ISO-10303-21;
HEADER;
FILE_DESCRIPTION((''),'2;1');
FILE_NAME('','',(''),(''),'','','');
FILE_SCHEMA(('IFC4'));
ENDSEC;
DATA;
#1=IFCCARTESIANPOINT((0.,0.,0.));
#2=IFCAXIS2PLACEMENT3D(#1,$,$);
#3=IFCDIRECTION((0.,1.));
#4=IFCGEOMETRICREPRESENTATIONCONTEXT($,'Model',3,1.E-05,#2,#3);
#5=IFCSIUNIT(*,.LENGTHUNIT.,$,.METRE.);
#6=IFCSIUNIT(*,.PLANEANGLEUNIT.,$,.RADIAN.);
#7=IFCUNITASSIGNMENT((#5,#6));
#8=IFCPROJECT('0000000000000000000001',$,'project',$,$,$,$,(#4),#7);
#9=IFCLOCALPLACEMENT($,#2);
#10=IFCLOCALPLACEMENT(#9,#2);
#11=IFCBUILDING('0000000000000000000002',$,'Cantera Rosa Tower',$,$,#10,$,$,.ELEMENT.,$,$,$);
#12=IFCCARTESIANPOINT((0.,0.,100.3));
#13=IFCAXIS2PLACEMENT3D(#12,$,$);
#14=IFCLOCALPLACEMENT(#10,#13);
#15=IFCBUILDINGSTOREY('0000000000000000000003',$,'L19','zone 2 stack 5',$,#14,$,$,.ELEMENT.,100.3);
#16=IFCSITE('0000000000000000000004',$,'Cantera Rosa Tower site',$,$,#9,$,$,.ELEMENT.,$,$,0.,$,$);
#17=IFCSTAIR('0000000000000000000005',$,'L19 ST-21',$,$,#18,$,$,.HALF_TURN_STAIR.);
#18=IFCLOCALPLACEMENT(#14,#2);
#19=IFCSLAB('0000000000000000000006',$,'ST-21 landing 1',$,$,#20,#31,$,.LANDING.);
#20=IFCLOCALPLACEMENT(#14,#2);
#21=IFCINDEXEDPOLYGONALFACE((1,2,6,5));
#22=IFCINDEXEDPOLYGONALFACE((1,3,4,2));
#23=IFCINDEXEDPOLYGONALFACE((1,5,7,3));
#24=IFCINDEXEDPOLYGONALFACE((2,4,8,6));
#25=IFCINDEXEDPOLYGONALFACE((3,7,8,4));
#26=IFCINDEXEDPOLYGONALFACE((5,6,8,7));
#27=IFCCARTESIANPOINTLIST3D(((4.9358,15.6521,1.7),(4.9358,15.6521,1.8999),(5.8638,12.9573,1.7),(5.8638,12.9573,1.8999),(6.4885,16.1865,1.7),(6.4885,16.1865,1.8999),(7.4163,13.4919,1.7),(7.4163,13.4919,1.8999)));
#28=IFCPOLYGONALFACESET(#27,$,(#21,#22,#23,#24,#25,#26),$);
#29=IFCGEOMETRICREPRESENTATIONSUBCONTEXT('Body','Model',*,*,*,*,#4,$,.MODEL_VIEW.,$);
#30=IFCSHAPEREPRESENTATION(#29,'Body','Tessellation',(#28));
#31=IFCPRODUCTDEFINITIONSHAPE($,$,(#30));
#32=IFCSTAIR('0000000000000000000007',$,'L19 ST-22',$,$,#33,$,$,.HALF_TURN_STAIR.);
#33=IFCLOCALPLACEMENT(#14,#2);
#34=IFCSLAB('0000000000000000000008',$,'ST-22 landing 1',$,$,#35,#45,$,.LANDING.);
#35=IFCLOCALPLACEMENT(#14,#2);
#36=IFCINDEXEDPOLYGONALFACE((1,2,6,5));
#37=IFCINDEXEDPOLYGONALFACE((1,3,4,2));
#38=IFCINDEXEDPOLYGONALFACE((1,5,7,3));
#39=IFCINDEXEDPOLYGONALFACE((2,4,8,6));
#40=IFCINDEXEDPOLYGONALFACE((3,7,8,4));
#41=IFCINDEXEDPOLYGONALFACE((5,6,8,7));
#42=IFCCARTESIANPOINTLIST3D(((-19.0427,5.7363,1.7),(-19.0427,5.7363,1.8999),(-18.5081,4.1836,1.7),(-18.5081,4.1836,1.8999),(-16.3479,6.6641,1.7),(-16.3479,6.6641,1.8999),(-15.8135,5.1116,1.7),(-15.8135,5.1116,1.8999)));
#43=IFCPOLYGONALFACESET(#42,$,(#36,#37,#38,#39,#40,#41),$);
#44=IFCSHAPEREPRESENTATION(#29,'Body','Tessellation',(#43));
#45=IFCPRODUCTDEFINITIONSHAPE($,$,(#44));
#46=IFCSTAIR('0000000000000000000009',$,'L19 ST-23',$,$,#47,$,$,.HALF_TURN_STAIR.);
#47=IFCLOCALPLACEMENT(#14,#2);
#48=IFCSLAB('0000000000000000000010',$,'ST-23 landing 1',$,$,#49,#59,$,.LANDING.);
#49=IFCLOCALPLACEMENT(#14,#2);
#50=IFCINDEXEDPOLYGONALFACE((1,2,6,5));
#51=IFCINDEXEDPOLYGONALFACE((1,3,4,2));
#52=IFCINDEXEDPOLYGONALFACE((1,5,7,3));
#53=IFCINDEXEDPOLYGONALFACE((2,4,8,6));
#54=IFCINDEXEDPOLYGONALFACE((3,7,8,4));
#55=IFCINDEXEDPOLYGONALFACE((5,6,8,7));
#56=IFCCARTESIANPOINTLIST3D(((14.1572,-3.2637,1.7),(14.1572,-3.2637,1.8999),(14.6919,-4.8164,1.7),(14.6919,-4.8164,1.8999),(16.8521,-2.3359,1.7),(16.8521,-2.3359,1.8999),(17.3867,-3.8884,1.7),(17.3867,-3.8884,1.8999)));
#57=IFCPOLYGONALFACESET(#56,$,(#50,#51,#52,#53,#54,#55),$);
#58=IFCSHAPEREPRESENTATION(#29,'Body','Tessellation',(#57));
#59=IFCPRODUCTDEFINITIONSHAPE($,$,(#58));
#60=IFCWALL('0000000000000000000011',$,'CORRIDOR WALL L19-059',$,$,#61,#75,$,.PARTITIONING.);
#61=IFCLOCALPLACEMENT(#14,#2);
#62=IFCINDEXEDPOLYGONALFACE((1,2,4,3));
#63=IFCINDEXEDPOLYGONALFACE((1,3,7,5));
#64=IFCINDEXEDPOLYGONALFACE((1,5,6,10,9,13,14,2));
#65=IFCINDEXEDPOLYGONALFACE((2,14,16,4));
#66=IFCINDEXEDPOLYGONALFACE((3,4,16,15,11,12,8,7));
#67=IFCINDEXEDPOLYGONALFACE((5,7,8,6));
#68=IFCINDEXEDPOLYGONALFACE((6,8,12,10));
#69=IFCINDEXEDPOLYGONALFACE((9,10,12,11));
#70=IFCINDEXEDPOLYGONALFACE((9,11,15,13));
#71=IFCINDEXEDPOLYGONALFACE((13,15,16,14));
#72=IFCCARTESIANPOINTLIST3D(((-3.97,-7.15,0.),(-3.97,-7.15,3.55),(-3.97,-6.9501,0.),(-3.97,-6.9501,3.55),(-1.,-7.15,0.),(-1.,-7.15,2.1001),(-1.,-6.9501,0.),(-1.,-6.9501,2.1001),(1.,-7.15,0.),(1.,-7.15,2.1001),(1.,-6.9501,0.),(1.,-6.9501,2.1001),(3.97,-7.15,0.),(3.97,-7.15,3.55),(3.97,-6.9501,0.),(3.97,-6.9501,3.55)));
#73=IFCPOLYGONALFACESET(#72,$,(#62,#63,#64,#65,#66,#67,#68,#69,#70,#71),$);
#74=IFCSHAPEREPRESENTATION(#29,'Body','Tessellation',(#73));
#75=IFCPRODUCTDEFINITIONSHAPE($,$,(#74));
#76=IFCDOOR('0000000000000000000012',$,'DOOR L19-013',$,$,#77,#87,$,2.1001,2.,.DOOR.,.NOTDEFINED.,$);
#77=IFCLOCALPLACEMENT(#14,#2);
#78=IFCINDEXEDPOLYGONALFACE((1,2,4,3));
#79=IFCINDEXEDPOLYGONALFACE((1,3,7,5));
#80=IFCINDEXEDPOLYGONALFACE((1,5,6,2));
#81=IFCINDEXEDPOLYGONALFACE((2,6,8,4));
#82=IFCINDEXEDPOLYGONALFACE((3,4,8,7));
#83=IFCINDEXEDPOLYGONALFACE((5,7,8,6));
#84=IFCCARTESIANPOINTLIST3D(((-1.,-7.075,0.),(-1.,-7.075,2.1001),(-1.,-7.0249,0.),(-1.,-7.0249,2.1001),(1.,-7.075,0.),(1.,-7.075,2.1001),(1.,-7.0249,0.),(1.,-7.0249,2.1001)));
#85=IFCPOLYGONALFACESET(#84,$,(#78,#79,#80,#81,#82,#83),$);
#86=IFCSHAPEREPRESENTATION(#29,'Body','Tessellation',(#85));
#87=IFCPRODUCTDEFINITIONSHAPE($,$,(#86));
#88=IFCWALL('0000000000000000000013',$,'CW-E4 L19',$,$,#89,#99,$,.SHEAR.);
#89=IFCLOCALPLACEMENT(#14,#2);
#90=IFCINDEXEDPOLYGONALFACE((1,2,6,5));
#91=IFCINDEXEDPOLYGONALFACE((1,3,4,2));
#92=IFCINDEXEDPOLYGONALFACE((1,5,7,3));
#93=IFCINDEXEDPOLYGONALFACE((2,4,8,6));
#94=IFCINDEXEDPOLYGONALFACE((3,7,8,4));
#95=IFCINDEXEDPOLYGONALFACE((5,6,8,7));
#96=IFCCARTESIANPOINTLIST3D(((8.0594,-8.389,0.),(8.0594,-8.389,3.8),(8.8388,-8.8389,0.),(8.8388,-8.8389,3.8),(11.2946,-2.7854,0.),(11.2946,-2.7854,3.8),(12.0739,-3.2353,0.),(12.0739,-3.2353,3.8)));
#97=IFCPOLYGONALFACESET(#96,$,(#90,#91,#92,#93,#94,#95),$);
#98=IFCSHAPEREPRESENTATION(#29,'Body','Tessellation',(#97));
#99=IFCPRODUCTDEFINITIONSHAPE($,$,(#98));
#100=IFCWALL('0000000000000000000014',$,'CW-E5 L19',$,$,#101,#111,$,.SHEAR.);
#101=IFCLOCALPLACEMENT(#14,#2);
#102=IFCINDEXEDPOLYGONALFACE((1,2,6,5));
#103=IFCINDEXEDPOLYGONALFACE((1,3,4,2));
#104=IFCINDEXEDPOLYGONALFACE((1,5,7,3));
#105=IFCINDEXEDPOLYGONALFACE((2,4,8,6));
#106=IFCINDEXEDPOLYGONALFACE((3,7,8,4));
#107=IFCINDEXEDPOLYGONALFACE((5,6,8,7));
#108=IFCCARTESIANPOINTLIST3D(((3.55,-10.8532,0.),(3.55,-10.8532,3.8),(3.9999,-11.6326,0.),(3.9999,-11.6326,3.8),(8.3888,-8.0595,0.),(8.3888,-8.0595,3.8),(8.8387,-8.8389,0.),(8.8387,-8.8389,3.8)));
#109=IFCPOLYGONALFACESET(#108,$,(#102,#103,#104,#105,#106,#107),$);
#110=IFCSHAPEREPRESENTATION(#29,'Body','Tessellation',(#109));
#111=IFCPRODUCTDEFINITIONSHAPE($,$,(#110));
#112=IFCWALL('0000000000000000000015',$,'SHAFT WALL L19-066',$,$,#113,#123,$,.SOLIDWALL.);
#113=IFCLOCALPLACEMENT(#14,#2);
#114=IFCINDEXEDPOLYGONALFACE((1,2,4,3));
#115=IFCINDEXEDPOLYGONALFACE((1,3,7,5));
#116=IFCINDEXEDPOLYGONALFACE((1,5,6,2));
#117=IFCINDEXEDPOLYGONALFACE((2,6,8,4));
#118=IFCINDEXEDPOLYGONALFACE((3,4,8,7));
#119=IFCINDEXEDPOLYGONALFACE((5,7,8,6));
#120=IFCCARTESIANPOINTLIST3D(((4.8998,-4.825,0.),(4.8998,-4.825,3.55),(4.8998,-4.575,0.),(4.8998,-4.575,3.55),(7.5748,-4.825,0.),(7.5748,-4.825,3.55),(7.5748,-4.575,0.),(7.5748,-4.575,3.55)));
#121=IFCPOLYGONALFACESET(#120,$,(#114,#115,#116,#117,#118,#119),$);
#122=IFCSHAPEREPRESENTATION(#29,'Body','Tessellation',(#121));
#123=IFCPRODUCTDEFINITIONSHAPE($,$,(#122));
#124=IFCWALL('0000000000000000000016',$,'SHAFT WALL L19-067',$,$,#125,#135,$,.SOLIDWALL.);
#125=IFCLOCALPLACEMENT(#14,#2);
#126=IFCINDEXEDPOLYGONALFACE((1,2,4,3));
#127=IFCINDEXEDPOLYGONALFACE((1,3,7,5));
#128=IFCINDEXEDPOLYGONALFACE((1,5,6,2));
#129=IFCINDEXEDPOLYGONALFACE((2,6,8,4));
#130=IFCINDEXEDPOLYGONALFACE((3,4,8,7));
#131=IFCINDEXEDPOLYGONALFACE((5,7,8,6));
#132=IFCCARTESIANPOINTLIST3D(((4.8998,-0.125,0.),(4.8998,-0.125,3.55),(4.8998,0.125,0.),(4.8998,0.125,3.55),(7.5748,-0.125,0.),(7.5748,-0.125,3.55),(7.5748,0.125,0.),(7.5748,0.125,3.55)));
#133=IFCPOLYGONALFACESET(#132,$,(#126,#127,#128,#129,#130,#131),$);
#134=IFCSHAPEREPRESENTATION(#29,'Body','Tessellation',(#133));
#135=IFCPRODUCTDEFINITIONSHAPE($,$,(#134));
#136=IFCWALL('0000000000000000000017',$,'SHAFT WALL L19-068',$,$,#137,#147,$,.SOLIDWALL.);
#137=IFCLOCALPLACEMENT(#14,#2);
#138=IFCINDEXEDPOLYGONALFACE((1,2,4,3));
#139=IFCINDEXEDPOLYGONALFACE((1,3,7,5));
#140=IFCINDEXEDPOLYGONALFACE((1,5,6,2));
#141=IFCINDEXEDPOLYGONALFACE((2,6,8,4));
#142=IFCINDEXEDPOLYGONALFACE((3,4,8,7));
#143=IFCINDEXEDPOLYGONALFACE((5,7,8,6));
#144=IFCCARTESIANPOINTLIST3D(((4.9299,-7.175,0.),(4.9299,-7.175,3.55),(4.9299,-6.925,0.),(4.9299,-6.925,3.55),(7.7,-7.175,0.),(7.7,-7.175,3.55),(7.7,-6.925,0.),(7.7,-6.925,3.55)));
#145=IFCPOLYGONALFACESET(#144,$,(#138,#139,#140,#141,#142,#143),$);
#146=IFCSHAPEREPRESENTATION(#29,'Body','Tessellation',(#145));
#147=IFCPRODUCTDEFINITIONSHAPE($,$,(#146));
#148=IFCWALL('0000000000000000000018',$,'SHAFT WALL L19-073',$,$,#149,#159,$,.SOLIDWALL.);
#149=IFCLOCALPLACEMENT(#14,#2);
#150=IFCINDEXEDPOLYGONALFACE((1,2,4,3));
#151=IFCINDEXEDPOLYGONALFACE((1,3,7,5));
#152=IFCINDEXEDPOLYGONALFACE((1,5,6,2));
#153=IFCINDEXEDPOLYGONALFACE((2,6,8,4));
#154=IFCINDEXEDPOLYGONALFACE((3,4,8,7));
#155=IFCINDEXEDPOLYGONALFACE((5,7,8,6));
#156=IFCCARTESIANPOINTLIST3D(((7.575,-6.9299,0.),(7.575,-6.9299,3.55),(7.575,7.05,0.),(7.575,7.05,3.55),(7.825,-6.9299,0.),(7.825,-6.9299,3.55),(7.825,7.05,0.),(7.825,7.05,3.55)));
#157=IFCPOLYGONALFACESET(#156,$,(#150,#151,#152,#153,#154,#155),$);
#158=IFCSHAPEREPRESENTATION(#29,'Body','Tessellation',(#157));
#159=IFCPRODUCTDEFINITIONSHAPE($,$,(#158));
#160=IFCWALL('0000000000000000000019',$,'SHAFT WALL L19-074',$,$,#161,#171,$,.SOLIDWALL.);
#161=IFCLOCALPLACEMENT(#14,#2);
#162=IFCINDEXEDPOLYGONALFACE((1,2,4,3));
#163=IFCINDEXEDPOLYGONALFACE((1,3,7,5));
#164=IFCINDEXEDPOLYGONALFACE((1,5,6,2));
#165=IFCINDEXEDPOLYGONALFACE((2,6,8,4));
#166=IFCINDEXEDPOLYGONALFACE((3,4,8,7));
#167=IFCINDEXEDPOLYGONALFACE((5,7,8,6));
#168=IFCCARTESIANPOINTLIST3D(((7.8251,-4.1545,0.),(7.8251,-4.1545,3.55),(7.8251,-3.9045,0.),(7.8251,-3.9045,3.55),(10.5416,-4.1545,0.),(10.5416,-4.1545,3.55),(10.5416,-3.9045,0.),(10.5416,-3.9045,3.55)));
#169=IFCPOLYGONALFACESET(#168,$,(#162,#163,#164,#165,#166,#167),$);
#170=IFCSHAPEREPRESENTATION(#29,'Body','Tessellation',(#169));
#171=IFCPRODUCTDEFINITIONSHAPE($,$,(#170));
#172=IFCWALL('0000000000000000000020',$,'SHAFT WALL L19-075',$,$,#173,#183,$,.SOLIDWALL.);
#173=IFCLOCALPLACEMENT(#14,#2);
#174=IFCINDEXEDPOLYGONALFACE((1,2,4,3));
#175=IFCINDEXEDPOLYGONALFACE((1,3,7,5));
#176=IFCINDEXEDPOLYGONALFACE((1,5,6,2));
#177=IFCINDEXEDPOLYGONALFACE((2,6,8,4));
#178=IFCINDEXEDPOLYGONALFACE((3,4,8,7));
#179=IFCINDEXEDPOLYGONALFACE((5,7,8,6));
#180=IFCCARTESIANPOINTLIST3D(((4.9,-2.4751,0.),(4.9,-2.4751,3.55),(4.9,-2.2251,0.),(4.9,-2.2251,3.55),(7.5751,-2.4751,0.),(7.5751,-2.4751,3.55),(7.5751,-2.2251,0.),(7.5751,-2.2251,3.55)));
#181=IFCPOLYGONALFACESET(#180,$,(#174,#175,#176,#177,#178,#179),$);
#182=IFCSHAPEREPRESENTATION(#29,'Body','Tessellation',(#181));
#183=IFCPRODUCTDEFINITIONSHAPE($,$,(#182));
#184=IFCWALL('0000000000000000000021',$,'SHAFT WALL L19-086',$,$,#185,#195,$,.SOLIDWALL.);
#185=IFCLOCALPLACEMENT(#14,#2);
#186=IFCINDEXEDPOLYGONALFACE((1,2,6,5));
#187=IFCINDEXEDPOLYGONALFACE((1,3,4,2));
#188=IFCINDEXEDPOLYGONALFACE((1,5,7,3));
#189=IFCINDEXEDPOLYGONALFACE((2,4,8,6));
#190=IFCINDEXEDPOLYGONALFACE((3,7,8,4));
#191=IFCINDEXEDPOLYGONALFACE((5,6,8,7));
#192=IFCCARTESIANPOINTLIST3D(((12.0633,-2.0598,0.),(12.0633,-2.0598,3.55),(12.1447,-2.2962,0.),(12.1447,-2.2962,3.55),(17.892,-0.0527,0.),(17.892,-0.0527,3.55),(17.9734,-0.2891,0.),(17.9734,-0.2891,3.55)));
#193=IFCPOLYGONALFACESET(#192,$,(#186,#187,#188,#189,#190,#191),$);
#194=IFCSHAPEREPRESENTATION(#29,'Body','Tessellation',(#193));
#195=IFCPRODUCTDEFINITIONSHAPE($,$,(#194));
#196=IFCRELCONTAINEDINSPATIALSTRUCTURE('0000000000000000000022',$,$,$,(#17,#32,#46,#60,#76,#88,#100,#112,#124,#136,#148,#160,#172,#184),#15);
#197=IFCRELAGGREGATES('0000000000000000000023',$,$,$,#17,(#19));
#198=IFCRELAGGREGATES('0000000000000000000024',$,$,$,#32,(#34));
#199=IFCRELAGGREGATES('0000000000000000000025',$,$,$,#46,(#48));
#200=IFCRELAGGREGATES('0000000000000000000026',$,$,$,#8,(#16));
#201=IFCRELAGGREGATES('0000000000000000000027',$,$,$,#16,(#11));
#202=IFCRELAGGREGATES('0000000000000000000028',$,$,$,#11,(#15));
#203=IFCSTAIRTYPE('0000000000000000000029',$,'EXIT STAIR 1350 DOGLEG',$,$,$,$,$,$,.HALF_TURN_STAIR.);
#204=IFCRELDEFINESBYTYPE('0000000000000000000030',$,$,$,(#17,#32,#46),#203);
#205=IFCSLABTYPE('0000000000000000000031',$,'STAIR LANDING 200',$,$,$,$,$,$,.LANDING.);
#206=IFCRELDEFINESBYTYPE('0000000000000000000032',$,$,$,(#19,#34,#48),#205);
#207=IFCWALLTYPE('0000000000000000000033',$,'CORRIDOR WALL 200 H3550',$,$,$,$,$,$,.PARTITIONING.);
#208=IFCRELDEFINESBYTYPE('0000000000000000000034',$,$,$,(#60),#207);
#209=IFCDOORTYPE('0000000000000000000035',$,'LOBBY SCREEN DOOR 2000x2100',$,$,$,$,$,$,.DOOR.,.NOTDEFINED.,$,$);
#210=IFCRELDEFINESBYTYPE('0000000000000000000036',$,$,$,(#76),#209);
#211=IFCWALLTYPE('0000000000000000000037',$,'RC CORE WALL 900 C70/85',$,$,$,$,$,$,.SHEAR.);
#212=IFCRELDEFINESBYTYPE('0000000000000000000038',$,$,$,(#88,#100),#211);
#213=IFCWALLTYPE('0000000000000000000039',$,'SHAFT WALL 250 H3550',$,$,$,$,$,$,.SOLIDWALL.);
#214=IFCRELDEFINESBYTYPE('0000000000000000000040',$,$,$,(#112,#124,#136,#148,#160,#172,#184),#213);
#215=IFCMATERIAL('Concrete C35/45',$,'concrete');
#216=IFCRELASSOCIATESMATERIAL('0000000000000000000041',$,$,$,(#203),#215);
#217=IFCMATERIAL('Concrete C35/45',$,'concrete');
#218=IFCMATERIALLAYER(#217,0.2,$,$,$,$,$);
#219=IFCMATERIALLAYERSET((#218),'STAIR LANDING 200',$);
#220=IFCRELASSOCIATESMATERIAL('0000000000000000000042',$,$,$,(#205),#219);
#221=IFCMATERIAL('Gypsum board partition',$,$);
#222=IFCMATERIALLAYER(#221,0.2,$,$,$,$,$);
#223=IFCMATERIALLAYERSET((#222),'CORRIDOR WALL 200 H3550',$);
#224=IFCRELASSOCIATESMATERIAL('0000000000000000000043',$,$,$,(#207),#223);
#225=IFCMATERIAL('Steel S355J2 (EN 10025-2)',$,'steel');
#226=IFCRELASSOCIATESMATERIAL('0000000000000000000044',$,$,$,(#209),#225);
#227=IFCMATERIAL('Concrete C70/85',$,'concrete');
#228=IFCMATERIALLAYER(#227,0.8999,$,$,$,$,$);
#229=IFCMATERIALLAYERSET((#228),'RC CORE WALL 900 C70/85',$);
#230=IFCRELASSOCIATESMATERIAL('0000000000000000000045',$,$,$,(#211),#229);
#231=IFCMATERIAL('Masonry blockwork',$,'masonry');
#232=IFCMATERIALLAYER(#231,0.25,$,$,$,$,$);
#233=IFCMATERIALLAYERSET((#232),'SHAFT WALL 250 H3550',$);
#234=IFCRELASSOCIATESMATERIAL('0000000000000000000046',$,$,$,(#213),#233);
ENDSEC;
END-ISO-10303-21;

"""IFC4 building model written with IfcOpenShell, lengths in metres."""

from ifc_helpers import new_model, si_unit, direction, frame, frame_2d, origin, place, context, subcontext, project, spatial, polyline, rectangle, outline, extrude, material, layer, layer_set, type_object, element, fill, aggregate, save


model = new_model("IFC4")

# Units and contexts
model_context = context("Model", 3, precision=1e-05, world=origin(), true_north=direction((0.0, 1.0)))
body_context = subcontext(model_context, "Body", "Model", "MODEL_VIEW")
ifc_project = project(units=[si_unit("LENGTHUNIT", "METRE"), si_unit("PLANEANGLEUNIT", "RADIAN")], contexts=[model_context])

# Site, building, storey
site_placement = place(None, origin())
site = spatial("IfcSite", under=ifc_project, at=site_placement, Name="Cantera Rosa Tower site", CompositionType="ELEMENT", RefElevation=0.0)
building_placement = place(site_placement, origin())
building = spatial("IfcBuilding", under=site, at=building_placement, Name="Cantera Rosa Tower", CompositionType="ELEMENT")
storey_placement = place(building_placement, frame((0.0, 0.0, 100.3)))
storey = spatial("IfcBuildingStorey", under=building, at=storey_placement, Name="L19", Description="zone 2 stack 5", CompositionType="ELEMENT", Elevation=100.3)

# Stairs, slabs
ifc_material_1 = material(Name="Concrete C35/45", Category="concrete")
stair_type = type_object("IfcStairType", Name="EXIT STAIR 1350 DOGLEG", PredefinedType="HALF_TURN_STAIR", material=ifc_material_1)
stair_1_placement = place(storey_placement, origin())
stair_1 = element("IfcStair", 1, at=stair_1_placement, inside=storey, type_object=stair_type, Name="L19 ST-21", PredefinedType="HALF_TURN_STAIR")
ifc_material_2 = material(Name="Concrete C35/45", Category="concrete")
ifc_layer_1 = layer(ifc_material_2, 0.2)
ifc_layer_set_1 = layer_set([ifc_layer_1], Name="STAIR LANDING 200")
slab_type = type_object("IfcSlabType", Name="STAIR LANDING 200", PredefinedType="LANDING", material=ifc_layer_set_1)
slab_1_placement = place(storey_placement, frame((0.0, 0.0, 1.7)))
slab_1 = element("IfcSlab", 2, at=slab_1_placement, type_object=slab_type, Name="ST-21 landing 1", PredefinedType="LANDING", context=body_context, shape_type="SweptSolid", body=[
    extrude(outline(polyline([(6.4885, 16.1865), (4.9358, 15.6521), (5.8638, 12.9573), (7.4163, 13.4919), (6.4885, 16.1865)])), origin(), (0.0, 0.0, 1.0), 0.2),
])
aggregate(stair_1, [slab_1])
stair_2_placement = place(storey_placement, origin())
stair_2 = element("IfcStair", 3, at=stair_2_placement, inside=storey, type_object=stair_type, Name="L19 ST-22", PredefinedType="HALF_TURN_STAIR")
slab_2_placement = place(storey_placement, frame((0.0, 0.0, 1.7)))
slab_2 = element("IfcSlab", 4, at=slab_2_placement, type_object=slab_type, Name="ST-22 landing 1", PredefinedType="LANDING", context=body_context, shape_type="SweptSolid", body=[
    extrude(outline(polyline([(-15.8135, 5.1116), (-16.3479, 6.6641), (-19.0427, 5.7363), (-18.5081, 4.1836), (-15.8135, 5.1116)])), origin(), (0.0, 0.0, 1.0), 0.2),
])
aggregate(stair_2, [slab_2])
stair_3_placement = place(storey_placement, origin())
stair_3 = element("IfcStair", 5, at=stair_3_placement, inside=storey, type_object=stair_type, Name="L19 ST-23", PredefinedType="HALF_TURN_STAIR")
slab_3_placement = place(storey_placement, frame((0.0, 0.0, 1.7)))
slab_3 = element("IfcSlab", 6, at=slab_3_placement, type_object=slab_type, Name="ST-23 landing 1", PredefinedType="LANDING", context=body_context, shape_type="SweptSolid", body=[
    extrude(outline(polyline([(17.3867, -3.8884), (16.8521, -2.3359), (14.1572, -3.2637), (14.6919, -4.8164), (17.3867, -3.8884)])), origin(), (0.0, 0.0, 1.0), 0.2),
])
aggregate(stair_3, [slab_3])

# Wall, opening, door
ifc_material_3 = material(Name="Gypsum board partition")
ifc_layer_2 = layer(ifc_material_3, 0.2)
ifc_layer_set_2 = layer_set([ifc_layer_2], Name="CORRIDOR WALL 200 H3550")
wall_type_1 = type_object("IfcWallType", Name="CORRIDOR WALL 200 H3550", PredefinedType="PARTITIONING", material=ifc_layer_set_2)
wall_1_placement = place(storey_placement, frame((3.97, -7.05, 0.0), z_axis=(0.0, 0.0, 1.0), x_axis=(-1.0, 0.0, 0.0)))
wall_1 = element("IfcWall", 7, at=wall_1_placement, inside=storey, type_object=wall_type_1, Name="CORRIDOR WALL L19-059", PredefinedType="PARTITIONING", context=body_context, shape_type="SweptSolid", body=[
    extrude(rectangle(XDim=7.9399, YDim=0.2, at=frame_2d((3.97, 0.0))), origin(), (0.0, 0.0, 1.0), 3.55),
])
opening_1_placement = place(wall_1_placement, frame((2.97, 0.0, 0.0)))
opening_1 = element("IfcOpeningElement", 8, at=opening_1_placement, cuts=wall_1, PredefinedType="OPENING", context=body_context, shape_type="SweptSolid", body=[
    extrude(rectangle(XDim=2.0, YDim=2.1001, at=frame_2d((1.0, 1.05))), frame((0.0, 0.1099, 0.0), z_axis=(0.0, -1.0, 0.0), x_axis=(1.0, 0.0, 0.0)), (0.0, 0.0, 1.0), 0.22),
])
ifc_material_4 = material(Name="Steel S355J2 (EN 10025-2)", Category="steel")
door_type_1 = type_object("IfcDoorType", Name="LOBBY SCREEN DOOR 2000x2100", OperationType="NOTDEFINED", PredefinedType="DOOR", material=ifc_material_4)
door_1_placement = place(opening_1_placement, origin())
door_1 = element("IfcDoor", 9, at=door_1_placement, inside=storey, type_object=door_type_1, Name="DOOR L19-013", OperationType="NOTDEFINED", OverallHeight=2.1001, OverallWidth=2.0, PredefinedType="DOOR", context=body_context, shape_type="SweptSolid", body=[
    extrude(rectangle(XDim=2.0, YDim=2.1001, at=frame_2d((1.0, 1.05))), frame((0.0, 0.0249, 0.0), z_axis=(0.0, -1.0, 0.0), x_axis=(1.0, 0.0, 0.0)), (0.0, 0.0, 1.0), 0.05),
])
fill(opening_1, door_1)

# Walls
ifc_material_5 = material(Name="Concrete C70/85", Category="concrete")
ifc_layer_3 = layer(ifc_material_5, 0.8999)
ifc_layer_set_3 = layer_set([ifc_layer_3], Name="RC CORE WALL 900 C70/85")
wall_type_2 = type_object("IfcWallType", Name="RC CORE WALL 900 C70/85", PredefinedType="SHEAR", material=ifc_layer_set_3)
wall_2_placement = place(storey_placement, frame((11.6843, -3.0103, 0.0), z_axis=(0.0, 0.0, 1.0), x_axis=(-0.49999, -0.866031, 0.0)))
element("IfcWall", 10, at=wall_2_placement, inside=storey, type_object=wall_type_2, Name="CW-E4 L19", PredefinedType="SHEAR", context=body_context, shape_type="SweptSolid", body=[
    extrude(rectangle(XDim=6.4705, YDim=0.8999, at=frame_2d((3.2354, 0.0))), origin(), (0.0, 0.0, 1.0), 3.8),
])
wall_3_placement = place(storey_placement, frame((8.6138, -8.4492, 0.0), z_axis=(0.0, 0.0, 1.0), x_axis=(-0.866027, -0.499997, 0.0)))
element("IfcWall", 11, at=wall_3_placement, inside=storey, type_object=wall_type_2, Name="CW-E5 L19", PredefinedType="SHEAR", context=body_context, shape_type="SweptSolid", body=[
    extrude(rectangle(XDim=5.5874, YDim=0.8999, at=frame_2d((2.7937, 0.0))), origin(), (0.0, 0.0, 1.0), 3.8),
])
ifc_material_6 = material(Name="Masonry blockwork", Category="masonry")
ifc_layer_4 = layer(ifc_material_6, 0.25)
ifc_layer_set_4 = layer_set([ifc_layer_4], Name="SHAFT WALL 250 H3550")
wall_type_3 = type_object("IfcWallType", Name="SHAFT WALL 250 H3550", PredefinedType="SOLIDWALL", material=ifc_layer_set_4)
for number, where, z_axis, x_axis, name in (
    (12, (4.8999, -4.7, 0.0), (0.0, 0.0, 1.0), (1.0, 0.0, 0.0), "SHAFT WALL L19-066"),
    (13, (4.8999, 0.0, 0.0), (0.0, 0.0, 1.0), (1.0, 0.0, 0.0), "SHAFT WALL L19-067"),
):
    element("IfcWall", number, at=place(storey_placement, frame(where, z_axis=z_axis, x_axis=x_axis)), inside=storey, type_object=wall_type_3, Name=name, PredefinedType="SOLIDWALL", context=body_context, shape_type="SweptSolid", body=[
        extrude(rectangle(XDim=2.675, YDim=0.25, at=frame_2d((1.3374, 0.0))), origin(), (0.0, 0.0, 1.0), 3.55),
    ])
wall_4_placement = place(storey_placement, frame((4.9299, -7.05, 0.0), z_axis=(0.0, 0.0, 1.0), x_axis=(1.0, 0.0, 0.0)))
element("IfcWall", 14, at=wall_4_placement, inside=storey, type_object=wall_type_3, Name="SHAFT WALL L19-068", PredefinedType="SOLIDWALL", context=body_context, shape_type="SweptSolid", body=[
    extrude(rectangle(XDim=2.77, YDim=0.25, at=frame_2d((1.385, 0.0))), origin(), (0.0, 0.0, 1.0), 3.55),
])
wall_5_placement = place(storey_placement, frame((7.7, -6.9299, 0.0), z_axis=(0.0, 0.0, 1.0), x_axis=(0.0, 1.0, 0.0)))
element("IfcWall", 15, at=wall_5_placement, inside=storey, type_object=wall_type_3, Name="SHAFT WALL L19-073", PredefinedType="SOLIDWALL", context=body_context, shape_type="SweptSolid", body=[
    extrude(rectangle(XDim=13.98, YDim=0.25, at=frame_2d((6.99, 0.0))), origin(), (0.0, 0.0, 1.0), 3.55),
])
wall_6_placement = place(storey_placement, frame((7.825, -4.0295, 0.0), z_axis=(0.0, 0.0, 1.0), x_axis=(1.0, 0.0, 0.0)))
element("IfcWall", 16, at=wall_6_placement, inside=storey, type_object=wall_type_3, Name="SHAFT WALL L19-074", PredefinedType="SOLIDWALL", context=body_context, shape_type="SweptSolid", body=[
    extrude(rectangle(XDim=2.7166, YDim=0.25, at=frame_2d((1.3584, 0.0))), origin(), (0.0, 0.0, 1.0), 3.55),
])
wall_7_placement = place(storey_placement, frame((7.575, -2.3501, 0.0), z_axis=(0.0, 0.0, 1.0), x_axis=(-1.0, 0.0, 0.0)))
element("IfcWall", 17, at=wall_7_placement, inside=storey, type_object=wall_type_3, Name="SHAFT WALL L19-075", PredefinedType="SOLIDWALL", context=body_context, shape_type="SweptSolid", body=[
    extrude(rectangle(XDim=2.675, YDim=0.25, at=frame_2d((1.3374, 0.0))), origin(), (0.0, 0.0, 1.0), 3.55),
])
wall_8_placement = place(storey_placement, frame((12.104, -2.178, 0.0), z_axis=(0.0, 0.0, 1.0), x_axis=(0.945512, 0.325587, 0.0)))
element("IfcWall", 18, at=wall_8_placement, inside=storey, type_object=wall_type_3, Name="SHAFT WALL L19-086", PredefinedType="SOLIDWALL", context=body_context, shape_type="SweptSolid", body=[
    extrude(rectangle(XDim=6.1646, YDim=0.25, at=frame_2d((3.0823, 0.0))), origin(), (0.0, 0.0, 1.0), 3.55),
])

save(model, "model.ifc")
